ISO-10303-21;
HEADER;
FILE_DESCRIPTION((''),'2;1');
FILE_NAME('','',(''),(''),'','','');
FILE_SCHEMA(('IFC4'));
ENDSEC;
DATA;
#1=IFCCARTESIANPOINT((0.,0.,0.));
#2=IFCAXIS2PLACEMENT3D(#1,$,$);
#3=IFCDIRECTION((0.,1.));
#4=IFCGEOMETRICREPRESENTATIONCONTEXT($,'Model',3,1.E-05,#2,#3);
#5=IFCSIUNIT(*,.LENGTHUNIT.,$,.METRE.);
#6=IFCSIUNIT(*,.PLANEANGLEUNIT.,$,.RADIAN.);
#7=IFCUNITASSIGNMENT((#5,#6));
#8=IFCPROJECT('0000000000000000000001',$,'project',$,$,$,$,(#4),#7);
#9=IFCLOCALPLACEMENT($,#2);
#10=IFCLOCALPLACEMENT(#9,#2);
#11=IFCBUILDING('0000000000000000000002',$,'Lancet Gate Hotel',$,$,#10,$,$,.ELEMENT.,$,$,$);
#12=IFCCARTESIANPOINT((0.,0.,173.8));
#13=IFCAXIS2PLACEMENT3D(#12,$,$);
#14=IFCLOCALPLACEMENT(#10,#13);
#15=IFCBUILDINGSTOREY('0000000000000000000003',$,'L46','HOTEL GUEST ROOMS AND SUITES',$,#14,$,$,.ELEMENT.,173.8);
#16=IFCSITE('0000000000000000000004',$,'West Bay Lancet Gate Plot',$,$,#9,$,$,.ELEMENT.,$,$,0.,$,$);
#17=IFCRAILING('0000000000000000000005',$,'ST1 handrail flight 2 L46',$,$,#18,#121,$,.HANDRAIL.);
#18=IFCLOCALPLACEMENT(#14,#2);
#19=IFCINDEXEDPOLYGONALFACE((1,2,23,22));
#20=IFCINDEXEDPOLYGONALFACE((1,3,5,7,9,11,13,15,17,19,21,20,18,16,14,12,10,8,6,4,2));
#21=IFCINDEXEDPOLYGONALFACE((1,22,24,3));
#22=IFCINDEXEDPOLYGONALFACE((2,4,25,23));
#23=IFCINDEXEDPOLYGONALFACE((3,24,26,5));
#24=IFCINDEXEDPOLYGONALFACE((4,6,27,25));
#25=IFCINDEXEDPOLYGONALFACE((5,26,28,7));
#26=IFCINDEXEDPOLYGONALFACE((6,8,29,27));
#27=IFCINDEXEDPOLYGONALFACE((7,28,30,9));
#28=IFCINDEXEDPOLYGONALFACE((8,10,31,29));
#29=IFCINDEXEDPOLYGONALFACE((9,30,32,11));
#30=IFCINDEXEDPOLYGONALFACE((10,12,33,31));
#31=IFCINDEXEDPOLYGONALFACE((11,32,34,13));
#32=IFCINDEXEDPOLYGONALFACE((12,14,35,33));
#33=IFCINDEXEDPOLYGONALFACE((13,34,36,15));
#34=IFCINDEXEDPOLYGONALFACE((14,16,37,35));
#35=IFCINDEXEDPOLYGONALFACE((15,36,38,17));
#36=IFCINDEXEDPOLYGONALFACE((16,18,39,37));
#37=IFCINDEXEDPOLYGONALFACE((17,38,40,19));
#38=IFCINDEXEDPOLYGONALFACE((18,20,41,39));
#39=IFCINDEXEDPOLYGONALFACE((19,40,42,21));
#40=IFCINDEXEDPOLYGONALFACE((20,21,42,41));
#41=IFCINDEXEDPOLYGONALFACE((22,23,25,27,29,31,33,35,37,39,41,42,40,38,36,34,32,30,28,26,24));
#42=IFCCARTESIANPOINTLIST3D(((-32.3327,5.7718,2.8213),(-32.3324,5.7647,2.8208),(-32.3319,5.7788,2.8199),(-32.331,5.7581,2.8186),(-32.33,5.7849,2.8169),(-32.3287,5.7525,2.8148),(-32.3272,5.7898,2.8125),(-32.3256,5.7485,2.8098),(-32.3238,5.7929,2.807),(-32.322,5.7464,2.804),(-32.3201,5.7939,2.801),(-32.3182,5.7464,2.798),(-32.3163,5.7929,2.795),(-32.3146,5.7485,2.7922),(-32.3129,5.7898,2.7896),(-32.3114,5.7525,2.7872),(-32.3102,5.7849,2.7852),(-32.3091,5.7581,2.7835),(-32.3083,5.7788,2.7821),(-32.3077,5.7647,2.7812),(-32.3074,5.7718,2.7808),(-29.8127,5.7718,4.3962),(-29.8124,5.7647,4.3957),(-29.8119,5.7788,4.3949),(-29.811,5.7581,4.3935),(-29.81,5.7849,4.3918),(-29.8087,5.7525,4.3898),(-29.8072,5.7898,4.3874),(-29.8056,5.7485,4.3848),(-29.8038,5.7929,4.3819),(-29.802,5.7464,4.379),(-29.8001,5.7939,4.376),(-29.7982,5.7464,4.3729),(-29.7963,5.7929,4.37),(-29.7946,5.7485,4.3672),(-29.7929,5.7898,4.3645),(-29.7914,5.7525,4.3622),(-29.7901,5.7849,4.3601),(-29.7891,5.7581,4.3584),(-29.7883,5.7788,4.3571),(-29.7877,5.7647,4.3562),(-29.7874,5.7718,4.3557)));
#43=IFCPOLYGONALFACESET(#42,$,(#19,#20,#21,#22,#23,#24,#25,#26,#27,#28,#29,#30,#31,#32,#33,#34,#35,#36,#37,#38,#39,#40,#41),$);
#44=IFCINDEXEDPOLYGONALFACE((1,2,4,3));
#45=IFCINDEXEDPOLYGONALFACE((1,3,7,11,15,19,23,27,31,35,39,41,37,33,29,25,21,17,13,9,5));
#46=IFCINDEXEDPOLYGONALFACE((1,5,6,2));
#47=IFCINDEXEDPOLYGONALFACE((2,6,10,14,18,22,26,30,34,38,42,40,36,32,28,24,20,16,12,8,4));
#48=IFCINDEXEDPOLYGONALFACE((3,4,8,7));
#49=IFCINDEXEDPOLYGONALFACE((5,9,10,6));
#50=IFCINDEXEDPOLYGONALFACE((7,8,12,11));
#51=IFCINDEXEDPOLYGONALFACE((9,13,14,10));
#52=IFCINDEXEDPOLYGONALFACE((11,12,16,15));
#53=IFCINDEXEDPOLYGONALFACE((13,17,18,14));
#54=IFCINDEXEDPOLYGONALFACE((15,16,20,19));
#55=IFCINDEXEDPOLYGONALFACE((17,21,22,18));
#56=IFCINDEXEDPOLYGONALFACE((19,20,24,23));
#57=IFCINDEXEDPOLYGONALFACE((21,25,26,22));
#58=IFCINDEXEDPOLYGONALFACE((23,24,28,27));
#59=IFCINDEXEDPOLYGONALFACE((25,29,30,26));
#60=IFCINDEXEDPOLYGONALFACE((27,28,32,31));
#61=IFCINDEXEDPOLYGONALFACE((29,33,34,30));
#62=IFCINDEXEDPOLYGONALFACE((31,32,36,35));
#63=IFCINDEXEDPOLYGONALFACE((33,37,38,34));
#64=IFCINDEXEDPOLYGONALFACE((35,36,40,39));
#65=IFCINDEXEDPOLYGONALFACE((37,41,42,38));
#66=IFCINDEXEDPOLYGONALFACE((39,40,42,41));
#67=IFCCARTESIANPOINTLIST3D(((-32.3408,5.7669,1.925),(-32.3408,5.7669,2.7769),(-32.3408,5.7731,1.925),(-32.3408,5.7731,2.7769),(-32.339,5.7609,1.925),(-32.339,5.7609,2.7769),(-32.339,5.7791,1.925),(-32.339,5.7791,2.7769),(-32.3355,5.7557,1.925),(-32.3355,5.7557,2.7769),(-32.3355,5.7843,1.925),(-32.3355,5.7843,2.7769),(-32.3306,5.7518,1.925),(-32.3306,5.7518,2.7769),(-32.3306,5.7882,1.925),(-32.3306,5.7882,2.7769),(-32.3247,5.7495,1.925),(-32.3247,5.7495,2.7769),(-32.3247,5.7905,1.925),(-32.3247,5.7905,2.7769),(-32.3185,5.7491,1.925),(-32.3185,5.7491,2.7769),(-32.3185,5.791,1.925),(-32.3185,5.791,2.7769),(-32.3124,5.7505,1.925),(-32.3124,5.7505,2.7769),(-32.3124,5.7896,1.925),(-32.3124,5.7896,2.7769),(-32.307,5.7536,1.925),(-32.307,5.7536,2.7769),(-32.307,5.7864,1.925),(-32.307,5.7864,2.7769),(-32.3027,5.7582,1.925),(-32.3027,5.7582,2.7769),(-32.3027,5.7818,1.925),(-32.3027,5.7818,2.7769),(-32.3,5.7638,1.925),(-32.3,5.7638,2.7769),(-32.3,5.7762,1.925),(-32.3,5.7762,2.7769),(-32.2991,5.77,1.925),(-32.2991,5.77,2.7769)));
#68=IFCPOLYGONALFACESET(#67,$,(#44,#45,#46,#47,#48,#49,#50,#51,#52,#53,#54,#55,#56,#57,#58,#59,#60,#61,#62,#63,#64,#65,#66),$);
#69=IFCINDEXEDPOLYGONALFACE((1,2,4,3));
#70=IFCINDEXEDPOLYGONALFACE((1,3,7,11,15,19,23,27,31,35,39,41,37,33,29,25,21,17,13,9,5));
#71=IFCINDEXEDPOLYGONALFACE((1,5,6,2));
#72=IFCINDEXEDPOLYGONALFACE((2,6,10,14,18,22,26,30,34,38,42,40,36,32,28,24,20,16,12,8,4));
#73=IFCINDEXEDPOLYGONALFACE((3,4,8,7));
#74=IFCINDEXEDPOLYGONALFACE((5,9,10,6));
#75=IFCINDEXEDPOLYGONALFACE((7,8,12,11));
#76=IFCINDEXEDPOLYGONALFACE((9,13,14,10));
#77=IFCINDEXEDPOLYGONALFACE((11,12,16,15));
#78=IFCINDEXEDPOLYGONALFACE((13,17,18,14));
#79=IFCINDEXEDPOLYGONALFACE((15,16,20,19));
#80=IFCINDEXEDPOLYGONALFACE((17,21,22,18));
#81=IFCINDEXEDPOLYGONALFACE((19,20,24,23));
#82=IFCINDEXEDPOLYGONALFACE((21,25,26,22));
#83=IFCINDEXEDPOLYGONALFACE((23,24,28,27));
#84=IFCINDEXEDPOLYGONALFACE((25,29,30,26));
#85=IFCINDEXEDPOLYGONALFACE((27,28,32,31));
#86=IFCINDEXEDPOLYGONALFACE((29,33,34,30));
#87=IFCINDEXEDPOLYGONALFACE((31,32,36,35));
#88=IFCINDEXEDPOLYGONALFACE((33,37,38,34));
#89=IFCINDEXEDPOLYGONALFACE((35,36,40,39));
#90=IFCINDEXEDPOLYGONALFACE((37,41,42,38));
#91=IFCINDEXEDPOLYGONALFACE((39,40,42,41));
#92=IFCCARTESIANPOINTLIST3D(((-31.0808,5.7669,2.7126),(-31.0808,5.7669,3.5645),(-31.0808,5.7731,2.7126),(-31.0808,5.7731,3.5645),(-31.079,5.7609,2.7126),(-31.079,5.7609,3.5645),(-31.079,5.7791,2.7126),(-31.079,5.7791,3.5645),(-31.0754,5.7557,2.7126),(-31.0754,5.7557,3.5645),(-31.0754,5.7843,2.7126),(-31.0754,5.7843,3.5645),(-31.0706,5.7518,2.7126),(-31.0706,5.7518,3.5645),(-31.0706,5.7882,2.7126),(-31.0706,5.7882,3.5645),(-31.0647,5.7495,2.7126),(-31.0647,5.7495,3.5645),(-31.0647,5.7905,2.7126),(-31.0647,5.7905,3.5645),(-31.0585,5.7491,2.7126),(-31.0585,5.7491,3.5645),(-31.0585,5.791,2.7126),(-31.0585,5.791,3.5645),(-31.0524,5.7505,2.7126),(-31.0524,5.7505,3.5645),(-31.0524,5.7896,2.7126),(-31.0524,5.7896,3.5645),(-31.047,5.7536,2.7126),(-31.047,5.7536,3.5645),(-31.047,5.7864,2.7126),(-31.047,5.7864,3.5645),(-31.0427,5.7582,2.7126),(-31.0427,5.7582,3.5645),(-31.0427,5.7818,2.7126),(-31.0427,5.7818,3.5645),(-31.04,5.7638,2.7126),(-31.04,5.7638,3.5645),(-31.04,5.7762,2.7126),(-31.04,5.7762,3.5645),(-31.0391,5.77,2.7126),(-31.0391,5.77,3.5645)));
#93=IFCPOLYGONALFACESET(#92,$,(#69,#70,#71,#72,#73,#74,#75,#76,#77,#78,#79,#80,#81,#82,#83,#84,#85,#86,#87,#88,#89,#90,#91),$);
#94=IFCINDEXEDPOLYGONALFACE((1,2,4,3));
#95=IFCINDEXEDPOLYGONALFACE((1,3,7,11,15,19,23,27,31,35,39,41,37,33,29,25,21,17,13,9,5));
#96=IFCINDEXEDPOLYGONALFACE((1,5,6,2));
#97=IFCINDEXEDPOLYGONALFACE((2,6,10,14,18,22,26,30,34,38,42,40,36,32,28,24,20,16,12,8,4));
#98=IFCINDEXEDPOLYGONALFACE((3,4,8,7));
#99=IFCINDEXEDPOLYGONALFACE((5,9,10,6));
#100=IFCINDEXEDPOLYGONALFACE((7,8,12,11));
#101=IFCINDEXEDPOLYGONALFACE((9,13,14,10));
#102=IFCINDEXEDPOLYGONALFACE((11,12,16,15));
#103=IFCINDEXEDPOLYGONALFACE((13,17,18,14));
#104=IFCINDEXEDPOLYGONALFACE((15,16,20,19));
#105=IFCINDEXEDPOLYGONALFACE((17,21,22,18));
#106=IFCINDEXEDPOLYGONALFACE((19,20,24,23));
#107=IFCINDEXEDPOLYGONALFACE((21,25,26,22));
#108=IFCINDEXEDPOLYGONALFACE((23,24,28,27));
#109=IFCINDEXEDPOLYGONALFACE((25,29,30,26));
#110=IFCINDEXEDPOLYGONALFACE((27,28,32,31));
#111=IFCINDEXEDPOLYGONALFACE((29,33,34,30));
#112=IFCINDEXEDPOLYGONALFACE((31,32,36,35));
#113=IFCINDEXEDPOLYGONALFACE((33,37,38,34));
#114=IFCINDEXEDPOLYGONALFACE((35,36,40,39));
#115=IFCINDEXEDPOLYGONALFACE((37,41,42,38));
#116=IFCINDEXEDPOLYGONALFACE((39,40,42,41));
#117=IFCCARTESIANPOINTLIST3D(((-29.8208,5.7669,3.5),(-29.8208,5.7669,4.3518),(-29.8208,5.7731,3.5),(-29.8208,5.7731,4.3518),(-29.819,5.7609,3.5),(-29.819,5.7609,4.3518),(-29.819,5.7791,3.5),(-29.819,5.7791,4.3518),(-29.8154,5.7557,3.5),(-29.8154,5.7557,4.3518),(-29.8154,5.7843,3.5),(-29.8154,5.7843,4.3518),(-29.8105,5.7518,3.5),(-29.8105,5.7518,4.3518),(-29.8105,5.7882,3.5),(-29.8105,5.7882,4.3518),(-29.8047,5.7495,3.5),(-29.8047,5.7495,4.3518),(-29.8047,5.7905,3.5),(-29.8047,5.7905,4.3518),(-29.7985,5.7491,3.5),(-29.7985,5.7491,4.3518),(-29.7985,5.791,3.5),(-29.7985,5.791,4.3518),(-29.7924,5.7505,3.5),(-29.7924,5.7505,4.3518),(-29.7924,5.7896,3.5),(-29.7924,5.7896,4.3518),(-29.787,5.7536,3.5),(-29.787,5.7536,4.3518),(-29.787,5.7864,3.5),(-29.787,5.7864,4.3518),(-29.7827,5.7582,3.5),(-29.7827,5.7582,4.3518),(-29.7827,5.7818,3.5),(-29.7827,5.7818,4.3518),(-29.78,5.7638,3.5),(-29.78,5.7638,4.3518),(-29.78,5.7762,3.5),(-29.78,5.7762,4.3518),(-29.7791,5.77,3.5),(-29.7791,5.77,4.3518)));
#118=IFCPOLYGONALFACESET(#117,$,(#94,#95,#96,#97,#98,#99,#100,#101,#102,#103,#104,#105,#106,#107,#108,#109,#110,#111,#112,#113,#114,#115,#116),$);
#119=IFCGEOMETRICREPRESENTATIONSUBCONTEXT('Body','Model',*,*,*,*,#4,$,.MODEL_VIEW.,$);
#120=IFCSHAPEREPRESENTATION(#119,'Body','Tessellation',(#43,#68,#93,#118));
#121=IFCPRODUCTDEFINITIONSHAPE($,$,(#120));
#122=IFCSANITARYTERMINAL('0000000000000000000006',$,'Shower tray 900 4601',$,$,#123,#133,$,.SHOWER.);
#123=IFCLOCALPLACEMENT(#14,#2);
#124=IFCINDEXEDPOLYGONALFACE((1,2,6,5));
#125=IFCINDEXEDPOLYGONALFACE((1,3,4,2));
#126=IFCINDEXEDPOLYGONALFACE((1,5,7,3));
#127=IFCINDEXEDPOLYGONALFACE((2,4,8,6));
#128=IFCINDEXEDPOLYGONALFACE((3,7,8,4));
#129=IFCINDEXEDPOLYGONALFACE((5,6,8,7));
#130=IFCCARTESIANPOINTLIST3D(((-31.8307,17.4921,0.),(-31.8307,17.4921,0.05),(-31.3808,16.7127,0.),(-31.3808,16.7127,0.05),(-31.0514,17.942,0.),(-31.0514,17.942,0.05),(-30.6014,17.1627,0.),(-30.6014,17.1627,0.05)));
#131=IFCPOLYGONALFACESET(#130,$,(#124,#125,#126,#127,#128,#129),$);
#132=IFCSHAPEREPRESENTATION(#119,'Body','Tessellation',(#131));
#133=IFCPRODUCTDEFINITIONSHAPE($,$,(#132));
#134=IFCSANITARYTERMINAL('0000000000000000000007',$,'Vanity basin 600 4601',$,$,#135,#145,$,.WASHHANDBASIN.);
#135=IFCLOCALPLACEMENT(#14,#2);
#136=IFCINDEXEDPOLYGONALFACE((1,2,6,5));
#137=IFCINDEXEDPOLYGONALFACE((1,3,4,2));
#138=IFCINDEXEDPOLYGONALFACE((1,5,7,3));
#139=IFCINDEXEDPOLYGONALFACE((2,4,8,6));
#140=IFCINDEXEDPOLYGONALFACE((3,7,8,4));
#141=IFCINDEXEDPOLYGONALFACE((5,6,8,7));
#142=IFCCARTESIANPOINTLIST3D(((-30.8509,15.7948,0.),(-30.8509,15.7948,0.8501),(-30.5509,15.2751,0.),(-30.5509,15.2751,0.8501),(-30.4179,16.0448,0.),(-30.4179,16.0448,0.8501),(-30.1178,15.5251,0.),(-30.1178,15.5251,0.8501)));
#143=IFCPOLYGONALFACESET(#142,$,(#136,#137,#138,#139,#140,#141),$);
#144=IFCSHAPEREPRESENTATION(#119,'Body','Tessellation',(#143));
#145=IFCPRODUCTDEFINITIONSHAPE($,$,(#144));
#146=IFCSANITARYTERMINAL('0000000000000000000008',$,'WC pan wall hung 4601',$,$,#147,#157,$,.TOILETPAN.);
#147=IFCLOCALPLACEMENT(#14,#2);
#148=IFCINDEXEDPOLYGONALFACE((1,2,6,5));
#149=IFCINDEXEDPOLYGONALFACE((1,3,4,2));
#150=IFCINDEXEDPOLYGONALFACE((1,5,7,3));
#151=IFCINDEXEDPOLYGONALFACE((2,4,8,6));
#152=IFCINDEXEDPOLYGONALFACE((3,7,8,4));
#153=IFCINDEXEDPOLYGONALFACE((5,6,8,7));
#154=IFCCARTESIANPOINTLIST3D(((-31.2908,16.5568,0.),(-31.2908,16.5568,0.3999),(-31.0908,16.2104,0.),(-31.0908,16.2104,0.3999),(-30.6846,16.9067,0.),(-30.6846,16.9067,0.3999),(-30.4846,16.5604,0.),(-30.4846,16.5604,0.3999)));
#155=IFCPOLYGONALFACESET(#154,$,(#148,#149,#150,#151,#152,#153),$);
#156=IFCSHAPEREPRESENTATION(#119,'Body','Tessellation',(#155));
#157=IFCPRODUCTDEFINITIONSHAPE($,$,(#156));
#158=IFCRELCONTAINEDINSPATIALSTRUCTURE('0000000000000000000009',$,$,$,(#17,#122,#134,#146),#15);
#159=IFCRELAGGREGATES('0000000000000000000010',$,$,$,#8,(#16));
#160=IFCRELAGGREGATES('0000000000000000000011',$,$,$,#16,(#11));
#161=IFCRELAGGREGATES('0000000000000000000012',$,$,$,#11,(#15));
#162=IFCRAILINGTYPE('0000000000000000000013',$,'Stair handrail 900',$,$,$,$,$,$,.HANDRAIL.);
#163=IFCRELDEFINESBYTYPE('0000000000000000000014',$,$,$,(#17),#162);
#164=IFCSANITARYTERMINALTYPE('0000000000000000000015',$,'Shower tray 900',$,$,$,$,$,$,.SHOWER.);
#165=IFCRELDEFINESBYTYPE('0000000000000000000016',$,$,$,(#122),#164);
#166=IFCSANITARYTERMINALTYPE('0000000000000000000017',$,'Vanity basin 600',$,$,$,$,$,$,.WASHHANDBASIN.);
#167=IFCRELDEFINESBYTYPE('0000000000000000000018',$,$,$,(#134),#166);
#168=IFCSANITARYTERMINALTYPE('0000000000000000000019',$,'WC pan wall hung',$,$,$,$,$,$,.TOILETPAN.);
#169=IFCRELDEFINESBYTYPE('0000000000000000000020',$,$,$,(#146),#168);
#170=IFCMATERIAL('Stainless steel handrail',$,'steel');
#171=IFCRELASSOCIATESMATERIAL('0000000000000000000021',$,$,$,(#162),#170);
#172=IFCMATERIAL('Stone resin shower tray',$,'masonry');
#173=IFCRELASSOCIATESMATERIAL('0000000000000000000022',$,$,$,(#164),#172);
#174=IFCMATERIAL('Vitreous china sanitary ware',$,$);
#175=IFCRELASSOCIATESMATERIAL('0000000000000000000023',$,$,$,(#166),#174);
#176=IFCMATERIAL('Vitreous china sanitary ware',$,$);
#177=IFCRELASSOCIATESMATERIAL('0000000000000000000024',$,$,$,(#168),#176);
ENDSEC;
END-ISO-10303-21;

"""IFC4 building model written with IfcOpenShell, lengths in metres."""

from ifc_helpers import new_model, si_unit, direction, frame, origin, origin_2d, place, context, subcontext, project, spatial, rectangle, circle, extrude, material, type_object, element, save


model = new_model("IFC4")

# Units and contexts
model_context = context("Model", 3, precision=1e-05, world=origin(), true_north=direction((0.0, 1.0)))
body_context = subcontext(model_context, "Body", "Model", "MODEL_VIEW")
ifc_project = project(units=[si_unit("LENGTHUNIT", "METRE"), si_unit("PLANEANGLEUNIT", "RADIAN")], contexts=[model_context])

# Site, building, storey
site_placement = place(None, origin())
site = spatial("IfcSite", under=ifc_project, at=site_placement, Name="West Bay Lancet Gate Plot", CompositionType="ELEMENT", RefElevation=0.0)
building_placement = place(site_placement, origin())
building = spatial("IfcBuilding", under=site, at=building_placement, Name="Lancet Gate Hotel", CompositionType="ELEMENT")
storey_placement = place(building_placement, frame((0.0, 0.0, 173.8)))
storey = spatial("IfcBuildingStorey", under=building, at=storey_placement, Name="L46", Description="HOTEL GUEST ROOMS AND SUITES", CompositionType="ELEMENT", Elevation=173.8)

# Railing
ifc_material_1 = material(Name="Stainless steel handrail", Category="steel")
railing_type = type_object("IfcRailingType", Name="Stair handrail 900", PredefinedType="HANDRAIL", material=ifc_material_1)
railing_1_placement = place(storey_placement, frame((-32.3201, 5.77, 1.925)))
element("IfcRailing", 1, at=railing_1_placement, inside=storey, type_object=railing_type, Name="ST1 handrail flight 2 L46", PredefinedType="HANDRAIL", context=body_context, shape_type="SweptSolid", body=[
    extrude(circle(Radius=0.0239, at=origin_2d()), frame((0.0, 0.0, 0.876), z_axis=(0.848008, 0.0, 0.529984), x_axis=(0.0, 1.0, 0.0)), (0.0, 0.0, 1.0), 2.9717),
    extrude(circle(Radius=0.021, at=origin_2d()), origin(), (0.0, 0.0, 1.0), 0.8518),
    extrude(circle(Radius=0.021, at=origin_2d()), frame((1.26, 0.0, 0.7876)), (0.0, 0.0, 1.0), 0.8518),
    extrude(circle(Radius=0.021, at=origin_2d()), frame((2.52, 0.0, 1.575)), (0.0, 0.0, 1.0), 0.8518),
])

# Sanitary terminals
ifc_material_2 = material(Name="Stone resin shower tray", Category="masonry")
sanitary_terminal_type_1 = type_object("IfcSanitaryTerminalType", Name="Shower tray 900", PredefinedType="SHOWER", material=ifc_material_2)
sanitary_terminal_1_placement = place(storey_placement, frame((-31.2161, 17.3274, 0.0), z_axis=(0.0, 0.0, 1.0), x_axis=(-0.5, 0.866025, 0.0)))
element("IfcSanitaryTerminal", 2, at=sanitary_terminal_1_placement, inside=storey, type_object=sanitary_terminal_type_1, Name="Shower tray 900 4601", PredefinedType="SHOWER", context=body_context, shape_type="SweptSolid", body=[
    extrude(rectangle(XDim=0.8999, YDim=0.8999, at=origin_2d()), origin(), (0.0, 0.0, 1.0), 0.05),
])
ifc_material_3 = material(Name="Vitreous china sanitary ware")
sanitary_terminal_type_2 = type_object("IfcSanitaryTerminalType", Name="Vanity basin 600", PredefinedType="WASHHANDBASIN", material=ifc_material_3)
sanitary_terminal_2_placement = place(storey_placement, frame((-30.4844, 15.6599, 0.0), z_axis=(0.0, 0.0, 1.0), x_axis=(-0.5, 0.866025, 0.0)))
element("IfcSanitaryTerminal", 3, at=sanitary_terminal_2_placement, inside=storey, type_object=sanitary_terminal_type_2, Name="Vanity basin 600 4601", PredefinedType="WASHHANDBASIN", context=body_context, shape_type="SweptSolid", body=[
    extrude(rectangle(XDim=0.6001, YDim=0.5, at=origin_2d()), origin(), (0.0, 0.0, 1.0), 0.8501),
])
ifc_material_4 = material(Name="Vitreous china sanitary ware")
sanitary_terminal_type_3 = type_object("IfcSanitaryTerminalType", Name="WC pan wall hung", PredefinedType="TOILETPAN", material=ifc_material_4)
sanitary_terminal_3_placement = place(storey_placement, frame((-30.8877, 16.5586, 0.0), z_axis=(0.0, 0.0, 1.0), x_axis=(-0.5, 0.866025, 0.0)))
element("IfcSanitaryTerminal", 4, at=sanitary_terminal_3_placement, inside=storey, type_object=sanitary_terminal_type_3, Name="WC pan wall hung 4601", PredefinedType="TOILETPAN", context=body_context, shape_type="SweptSolid", body=[
    extrude(rectangle(XDim=0.3999, YDim=0.7, at=origin_2d()), origin(), (0.0, 0.0, 1.0), 0.3999),
])

save(model, "model.ifc")
